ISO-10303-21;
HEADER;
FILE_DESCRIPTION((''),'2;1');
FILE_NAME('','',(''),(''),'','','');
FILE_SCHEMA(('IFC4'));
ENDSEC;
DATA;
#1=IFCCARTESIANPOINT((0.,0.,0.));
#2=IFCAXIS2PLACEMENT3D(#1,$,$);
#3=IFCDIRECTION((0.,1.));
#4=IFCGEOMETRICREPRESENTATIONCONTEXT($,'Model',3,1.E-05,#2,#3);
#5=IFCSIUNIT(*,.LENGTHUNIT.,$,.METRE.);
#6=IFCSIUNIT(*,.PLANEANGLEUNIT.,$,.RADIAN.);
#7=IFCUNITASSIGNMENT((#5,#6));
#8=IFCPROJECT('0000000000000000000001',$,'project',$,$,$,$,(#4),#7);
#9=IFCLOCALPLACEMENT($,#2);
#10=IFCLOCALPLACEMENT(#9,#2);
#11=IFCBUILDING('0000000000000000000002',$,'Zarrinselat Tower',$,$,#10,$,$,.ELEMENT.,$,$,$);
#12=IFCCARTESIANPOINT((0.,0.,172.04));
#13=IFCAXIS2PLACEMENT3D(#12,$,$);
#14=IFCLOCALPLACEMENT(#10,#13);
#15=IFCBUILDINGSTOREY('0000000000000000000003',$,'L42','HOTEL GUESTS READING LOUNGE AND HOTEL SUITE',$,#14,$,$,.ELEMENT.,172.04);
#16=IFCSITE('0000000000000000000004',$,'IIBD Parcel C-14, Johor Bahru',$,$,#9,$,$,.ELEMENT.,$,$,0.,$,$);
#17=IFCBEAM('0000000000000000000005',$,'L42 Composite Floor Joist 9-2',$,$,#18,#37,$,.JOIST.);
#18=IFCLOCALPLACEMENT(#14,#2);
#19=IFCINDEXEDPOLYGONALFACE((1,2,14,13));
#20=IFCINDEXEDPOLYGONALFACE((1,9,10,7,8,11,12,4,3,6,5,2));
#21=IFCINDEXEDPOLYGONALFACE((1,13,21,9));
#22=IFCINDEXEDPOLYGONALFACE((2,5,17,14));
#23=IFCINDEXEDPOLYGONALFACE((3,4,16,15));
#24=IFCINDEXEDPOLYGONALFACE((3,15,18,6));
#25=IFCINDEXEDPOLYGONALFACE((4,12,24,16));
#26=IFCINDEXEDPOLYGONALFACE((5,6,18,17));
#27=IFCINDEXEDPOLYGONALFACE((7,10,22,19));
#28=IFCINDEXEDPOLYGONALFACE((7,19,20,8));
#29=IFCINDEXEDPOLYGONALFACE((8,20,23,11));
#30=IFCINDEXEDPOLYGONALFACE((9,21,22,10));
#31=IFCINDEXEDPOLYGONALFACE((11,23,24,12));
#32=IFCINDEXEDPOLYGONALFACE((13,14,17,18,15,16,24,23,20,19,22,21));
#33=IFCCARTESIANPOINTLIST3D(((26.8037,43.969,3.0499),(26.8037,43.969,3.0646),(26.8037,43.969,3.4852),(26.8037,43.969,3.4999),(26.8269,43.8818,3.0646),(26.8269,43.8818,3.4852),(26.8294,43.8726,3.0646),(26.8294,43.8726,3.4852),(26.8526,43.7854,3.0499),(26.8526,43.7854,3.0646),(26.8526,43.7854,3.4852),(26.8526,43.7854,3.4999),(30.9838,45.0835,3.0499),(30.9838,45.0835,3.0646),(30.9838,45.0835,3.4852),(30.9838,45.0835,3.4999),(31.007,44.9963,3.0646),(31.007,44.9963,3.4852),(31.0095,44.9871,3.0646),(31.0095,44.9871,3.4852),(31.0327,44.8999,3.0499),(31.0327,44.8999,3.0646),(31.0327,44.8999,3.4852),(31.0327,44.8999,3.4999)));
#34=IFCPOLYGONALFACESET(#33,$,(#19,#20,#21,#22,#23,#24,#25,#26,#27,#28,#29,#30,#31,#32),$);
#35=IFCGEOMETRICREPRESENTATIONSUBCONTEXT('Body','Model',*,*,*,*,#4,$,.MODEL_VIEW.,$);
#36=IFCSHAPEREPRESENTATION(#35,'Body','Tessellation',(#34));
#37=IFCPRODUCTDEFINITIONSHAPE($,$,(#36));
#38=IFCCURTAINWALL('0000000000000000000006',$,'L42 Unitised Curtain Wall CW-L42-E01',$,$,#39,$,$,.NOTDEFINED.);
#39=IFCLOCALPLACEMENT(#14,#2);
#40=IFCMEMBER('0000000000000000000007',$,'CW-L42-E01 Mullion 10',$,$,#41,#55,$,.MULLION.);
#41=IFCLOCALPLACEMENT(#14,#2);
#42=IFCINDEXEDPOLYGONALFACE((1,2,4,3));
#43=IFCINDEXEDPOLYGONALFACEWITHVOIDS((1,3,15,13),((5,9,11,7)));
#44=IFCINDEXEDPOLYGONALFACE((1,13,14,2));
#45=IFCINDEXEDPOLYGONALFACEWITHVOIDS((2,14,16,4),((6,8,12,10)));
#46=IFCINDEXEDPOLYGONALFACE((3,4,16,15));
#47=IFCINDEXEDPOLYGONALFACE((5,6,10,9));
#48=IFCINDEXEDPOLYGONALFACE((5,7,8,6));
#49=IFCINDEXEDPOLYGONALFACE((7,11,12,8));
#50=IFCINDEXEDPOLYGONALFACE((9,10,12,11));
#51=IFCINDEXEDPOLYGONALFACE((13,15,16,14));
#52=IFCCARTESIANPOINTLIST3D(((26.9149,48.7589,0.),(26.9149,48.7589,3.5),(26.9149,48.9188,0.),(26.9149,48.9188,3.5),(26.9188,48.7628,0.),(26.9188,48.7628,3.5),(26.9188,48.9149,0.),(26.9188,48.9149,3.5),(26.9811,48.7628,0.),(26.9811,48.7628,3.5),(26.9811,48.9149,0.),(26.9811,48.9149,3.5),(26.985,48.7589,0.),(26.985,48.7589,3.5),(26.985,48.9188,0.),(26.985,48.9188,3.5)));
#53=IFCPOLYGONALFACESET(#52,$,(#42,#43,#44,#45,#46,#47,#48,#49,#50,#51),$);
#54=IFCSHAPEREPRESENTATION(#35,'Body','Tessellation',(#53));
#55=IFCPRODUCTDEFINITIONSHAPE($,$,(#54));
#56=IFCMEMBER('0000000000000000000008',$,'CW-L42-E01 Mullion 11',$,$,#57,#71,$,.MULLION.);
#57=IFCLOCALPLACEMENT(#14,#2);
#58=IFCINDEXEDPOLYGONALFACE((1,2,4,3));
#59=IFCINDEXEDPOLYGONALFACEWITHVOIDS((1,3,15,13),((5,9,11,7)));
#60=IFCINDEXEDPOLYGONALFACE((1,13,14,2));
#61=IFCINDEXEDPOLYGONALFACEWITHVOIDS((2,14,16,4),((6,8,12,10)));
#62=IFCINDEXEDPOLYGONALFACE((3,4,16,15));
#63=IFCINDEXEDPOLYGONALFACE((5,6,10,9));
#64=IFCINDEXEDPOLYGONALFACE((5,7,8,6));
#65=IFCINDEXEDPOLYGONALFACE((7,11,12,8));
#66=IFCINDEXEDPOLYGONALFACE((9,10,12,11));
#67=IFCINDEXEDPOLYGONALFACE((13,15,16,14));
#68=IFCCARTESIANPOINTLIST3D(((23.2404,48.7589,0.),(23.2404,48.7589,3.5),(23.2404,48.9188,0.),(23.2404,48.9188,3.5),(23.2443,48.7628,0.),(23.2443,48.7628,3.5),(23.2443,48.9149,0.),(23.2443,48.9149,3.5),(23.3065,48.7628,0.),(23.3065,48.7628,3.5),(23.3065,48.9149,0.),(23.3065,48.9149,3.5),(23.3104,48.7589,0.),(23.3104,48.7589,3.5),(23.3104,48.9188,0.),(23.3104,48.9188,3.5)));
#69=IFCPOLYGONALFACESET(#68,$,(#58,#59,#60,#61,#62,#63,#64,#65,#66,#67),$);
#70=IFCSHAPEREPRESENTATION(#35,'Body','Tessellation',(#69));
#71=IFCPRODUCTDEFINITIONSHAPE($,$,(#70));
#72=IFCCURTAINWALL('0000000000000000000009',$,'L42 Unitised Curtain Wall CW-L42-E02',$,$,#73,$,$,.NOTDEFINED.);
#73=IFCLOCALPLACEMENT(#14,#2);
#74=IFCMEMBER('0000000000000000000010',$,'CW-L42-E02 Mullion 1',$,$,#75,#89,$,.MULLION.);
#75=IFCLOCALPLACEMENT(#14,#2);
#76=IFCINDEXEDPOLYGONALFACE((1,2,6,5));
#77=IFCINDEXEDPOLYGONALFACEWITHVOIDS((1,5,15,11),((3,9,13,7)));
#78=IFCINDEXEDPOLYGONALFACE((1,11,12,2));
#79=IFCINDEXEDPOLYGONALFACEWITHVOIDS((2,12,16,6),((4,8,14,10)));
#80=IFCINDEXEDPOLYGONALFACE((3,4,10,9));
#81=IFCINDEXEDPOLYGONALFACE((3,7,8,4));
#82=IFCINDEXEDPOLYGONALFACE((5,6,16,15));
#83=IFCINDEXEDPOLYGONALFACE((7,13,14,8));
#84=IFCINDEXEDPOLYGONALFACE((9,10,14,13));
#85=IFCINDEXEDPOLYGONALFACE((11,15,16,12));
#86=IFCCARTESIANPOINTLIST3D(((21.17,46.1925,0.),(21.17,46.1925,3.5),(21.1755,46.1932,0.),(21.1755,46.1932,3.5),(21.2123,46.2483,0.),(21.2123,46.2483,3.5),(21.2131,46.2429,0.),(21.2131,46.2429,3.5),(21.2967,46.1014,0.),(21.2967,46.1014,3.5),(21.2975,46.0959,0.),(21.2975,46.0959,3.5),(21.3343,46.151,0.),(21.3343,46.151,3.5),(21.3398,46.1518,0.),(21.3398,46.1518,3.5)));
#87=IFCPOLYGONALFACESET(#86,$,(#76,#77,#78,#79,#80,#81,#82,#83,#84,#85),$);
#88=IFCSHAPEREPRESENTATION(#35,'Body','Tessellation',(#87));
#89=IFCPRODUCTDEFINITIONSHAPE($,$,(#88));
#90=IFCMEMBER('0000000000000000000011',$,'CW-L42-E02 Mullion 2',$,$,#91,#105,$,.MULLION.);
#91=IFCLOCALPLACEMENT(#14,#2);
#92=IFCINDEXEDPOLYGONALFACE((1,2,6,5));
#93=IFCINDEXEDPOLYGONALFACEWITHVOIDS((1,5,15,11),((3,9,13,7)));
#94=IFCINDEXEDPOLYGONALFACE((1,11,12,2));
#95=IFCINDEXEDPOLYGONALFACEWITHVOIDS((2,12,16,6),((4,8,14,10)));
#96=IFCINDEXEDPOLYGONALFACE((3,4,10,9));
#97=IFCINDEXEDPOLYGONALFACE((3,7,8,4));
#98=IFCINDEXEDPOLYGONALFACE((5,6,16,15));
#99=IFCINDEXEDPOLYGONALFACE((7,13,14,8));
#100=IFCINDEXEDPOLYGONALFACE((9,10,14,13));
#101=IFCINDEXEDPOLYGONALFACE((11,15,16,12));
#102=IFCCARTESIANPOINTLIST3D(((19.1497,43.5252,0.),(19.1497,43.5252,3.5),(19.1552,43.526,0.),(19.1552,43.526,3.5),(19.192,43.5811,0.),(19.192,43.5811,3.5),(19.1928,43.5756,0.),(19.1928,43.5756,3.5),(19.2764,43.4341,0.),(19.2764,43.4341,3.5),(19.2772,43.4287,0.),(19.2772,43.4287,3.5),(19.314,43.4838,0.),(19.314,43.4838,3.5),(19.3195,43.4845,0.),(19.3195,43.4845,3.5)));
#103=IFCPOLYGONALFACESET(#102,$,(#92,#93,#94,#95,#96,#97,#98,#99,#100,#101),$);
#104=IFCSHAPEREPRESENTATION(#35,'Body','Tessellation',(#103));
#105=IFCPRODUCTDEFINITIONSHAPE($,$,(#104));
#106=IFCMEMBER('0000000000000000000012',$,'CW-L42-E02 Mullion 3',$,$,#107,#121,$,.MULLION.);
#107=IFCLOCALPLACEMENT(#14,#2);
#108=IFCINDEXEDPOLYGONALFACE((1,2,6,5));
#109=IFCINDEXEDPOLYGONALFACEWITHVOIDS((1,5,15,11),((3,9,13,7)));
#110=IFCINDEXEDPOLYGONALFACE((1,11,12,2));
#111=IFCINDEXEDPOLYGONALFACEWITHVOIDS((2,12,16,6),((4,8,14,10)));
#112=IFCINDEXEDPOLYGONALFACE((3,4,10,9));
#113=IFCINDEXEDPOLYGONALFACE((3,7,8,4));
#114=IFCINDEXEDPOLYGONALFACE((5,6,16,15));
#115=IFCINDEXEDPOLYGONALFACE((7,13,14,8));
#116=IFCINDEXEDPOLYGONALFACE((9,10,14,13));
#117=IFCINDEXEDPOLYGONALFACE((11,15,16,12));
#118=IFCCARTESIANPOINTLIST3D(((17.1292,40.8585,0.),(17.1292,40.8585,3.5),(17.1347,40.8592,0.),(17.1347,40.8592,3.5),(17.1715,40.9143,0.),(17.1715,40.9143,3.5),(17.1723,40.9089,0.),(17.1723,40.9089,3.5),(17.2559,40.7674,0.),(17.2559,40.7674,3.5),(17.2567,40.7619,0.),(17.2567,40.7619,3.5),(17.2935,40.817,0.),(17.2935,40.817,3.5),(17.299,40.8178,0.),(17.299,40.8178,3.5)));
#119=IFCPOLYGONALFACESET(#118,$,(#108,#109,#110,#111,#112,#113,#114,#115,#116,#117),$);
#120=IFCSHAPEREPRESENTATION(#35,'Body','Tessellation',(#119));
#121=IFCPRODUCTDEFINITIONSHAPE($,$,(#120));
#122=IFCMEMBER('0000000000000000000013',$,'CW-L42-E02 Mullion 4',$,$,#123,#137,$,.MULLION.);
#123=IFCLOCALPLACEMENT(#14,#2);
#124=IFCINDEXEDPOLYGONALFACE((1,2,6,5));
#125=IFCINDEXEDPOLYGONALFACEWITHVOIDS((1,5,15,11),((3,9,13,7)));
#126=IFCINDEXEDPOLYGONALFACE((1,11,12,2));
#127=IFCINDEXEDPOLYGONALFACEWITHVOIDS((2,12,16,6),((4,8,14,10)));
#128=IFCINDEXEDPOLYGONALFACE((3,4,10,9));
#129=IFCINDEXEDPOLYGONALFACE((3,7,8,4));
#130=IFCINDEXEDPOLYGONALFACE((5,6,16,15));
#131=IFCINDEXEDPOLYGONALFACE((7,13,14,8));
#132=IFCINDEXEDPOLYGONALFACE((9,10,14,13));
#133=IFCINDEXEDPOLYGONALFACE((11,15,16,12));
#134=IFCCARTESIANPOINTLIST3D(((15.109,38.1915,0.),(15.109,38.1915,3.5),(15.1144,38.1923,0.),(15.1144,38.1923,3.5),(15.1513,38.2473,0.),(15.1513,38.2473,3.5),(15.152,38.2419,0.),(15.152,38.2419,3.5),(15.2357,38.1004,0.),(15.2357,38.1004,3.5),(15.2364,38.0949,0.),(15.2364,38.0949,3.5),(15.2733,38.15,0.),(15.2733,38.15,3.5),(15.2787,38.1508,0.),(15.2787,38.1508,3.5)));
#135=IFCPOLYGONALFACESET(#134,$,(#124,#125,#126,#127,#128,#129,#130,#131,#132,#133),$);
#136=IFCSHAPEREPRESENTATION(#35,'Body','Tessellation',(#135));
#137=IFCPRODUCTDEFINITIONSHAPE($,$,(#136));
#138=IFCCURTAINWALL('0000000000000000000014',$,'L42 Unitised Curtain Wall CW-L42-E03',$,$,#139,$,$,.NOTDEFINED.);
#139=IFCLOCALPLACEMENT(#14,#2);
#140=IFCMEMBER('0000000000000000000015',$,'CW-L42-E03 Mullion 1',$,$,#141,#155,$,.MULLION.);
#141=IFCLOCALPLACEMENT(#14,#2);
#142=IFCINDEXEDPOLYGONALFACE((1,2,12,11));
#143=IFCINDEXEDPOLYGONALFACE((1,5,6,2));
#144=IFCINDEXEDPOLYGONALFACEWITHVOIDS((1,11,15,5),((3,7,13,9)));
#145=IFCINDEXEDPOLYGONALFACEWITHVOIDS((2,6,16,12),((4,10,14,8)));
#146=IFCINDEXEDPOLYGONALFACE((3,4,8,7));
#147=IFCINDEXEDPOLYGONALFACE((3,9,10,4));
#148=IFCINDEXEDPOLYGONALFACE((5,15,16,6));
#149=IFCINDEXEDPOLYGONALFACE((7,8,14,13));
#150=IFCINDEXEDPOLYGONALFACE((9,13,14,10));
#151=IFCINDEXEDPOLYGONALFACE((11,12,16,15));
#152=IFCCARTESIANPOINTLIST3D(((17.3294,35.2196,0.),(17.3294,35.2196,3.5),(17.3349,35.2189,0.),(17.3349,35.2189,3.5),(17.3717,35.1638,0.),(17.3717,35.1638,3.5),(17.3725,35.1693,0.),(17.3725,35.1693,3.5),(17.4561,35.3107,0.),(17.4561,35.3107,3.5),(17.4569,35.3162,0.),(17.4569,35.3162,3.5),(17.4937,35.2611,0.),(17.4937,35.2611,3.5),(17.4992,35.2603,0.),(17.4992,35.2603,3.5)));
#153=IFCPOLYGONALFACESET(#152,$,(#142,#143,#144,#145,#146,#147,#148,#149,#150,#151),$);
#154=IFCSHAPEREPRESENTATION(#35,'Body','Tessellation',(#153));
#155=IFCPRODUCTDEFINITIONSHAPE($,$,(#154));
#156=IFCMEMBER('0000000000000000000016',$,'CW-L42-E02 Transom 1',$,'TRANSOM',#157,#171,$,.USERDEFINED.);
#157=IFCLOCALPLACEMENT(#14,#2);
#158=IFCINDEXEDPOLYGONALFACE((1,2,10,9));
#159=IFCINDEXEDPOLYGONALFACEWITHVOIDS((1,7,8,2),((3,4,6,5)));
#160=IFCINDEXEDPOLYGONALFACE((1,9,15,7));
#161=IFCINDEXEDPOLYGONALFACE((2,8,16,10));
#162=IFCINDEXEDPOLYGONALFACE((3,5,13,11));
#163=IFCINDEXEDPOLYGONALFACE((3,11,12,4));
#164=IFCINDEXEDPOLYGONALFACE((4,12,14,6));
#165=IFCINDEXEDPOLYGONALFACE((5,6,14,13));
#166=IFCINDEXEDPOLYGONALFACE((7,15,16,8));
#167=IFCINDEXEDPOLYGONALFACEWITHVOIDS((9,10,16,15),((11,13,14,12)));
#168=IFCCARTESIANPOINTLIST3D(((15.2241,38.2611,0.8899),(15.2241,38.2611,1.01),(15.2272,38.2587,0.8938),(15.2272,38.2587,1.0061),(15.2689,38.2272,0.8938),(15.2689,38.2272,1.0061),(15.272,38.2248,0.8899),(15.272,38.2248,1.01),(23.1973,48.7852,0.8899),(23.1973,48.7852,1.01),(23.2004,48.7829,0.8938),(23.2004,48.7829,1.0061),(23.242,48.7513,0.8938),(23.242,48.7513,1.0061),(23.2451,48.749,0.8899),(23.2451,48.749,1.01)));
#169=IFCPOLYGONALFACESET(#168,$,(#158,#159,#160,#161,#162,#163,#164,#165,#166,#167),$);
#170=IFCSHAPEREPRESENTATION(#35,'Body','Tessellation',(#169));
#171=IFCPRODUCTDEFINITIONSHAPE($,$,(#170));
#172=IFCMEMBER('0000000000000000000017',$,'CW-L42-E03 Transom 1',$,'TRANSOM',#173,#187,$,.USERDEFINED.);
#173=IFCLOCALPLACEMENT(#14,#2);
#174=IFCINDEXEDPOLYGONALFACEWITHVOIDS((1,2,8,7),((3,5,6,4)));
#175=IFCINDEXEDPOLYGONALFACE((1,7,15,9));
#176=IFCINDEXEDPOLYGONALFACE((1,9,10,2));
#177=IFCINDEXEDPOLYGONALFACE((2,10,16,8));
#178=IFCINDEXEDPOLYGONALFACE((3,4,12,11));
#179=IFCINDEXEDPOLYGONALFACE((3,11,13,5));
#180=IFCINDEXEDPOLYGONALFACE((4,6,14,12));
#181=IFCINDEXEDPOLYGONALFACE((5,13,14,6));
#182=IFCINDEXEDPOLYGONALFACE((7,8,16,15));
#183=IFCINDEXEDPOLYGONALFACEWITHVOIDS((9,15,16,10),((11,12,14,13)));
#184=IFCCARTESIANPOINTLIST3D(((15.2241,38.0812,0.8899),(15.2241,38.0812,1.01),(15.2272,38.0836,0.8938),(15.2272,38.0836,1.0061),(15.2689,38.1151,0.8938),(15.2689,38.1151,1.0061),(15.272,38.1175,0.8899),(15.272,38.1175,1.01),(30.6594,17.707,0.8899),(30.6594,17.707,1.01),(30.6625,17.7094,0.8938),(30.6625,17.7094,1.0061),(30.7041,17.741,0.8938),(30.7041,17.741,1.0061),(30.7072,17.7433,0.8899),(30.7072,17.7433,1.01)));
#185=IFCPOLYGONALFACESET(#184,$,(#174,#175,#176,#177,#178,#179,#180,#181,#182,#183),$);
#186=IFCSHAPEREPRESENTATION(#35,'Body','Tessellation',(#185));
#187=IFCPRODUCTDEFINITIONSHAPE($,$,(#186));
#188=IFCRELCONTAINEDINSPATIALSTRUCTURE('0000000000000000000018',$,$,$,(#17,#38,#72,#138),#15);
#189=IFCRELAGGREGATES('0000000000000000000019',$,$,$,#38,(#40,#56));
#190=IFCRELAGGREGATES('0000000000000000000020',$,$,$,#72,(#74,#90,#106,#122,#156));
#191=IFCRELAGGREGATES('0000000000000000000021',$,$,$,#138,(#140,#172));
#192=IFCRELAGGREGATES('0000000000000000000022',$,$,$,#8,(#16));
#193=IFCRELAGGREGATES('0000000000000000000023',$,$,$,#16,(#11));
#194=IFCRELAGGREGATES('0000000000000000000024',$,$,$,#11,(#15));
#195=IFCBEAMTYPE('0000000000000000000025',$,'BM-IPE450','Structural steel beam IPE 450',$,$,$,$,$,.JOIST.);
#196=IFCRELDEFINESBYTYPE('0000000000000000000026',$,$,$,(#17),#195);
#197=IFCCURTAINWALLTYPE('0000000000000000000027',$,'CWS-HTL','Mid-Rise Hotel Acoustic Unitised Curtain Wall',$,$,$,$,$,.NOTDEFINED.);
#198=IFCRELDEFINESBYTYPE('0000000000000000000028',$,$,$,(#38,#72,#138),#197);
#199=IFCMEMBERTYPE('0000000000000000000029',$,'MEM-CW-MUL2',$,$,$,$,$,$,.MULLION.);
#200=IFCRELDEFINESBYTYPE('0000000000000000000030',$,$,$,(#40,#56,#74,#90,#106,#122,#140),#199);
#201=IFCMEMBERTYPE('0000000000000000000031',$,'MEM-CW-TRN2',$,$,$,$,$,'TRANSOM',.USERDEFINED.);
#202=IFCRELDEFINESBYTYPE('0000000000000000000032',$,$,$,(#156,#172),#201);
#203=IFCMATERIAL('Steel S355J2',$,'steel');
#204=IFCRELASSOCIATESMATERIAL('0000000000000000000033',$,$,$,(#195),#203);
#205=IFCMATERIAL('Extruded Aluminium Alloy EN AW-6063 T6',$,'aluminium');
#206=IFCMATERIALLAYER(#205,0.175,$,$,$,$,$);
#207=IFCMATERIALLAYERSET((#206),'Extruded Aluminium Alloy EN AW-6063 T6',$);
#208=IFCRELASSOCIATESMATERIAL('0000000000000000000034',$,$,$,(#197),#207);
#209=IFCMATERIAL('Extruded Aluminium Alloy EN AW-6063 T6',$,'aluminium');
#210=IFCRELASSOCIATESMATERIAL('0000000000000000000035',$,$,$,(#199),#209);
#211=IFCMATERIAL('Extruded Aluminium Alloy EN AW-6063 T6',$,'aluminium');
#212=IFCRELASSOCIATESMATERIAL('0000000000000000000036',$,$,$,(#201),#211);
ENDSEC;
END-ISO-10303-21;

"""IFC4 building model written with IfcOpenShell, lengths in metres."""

from ifc_helpers import new_model, si_unit, direction, frame, origin, origin_2d, place, context, subcontext, project, spatial, hollow_rectangle, i_section, extrude, material, layer, layer_set, material_profile, profile_set, type_object, element, aggregate, save


model = new_model("IFC4")

# Units and contexts
model_context = context("Model", 3, precision=1e-05, world=origin(), true_north=direction((0.0, 1.0)))
body_context = subcontext(model_context, "Body", "Model", "MODEL_VIEW")
ifc_project = project(units=[si_unit("LENGTHUNIT", "METRE"), si_unit("PLANEANGLEUNIT", "RADIAN")], contexts=[model_context])

# Site, building, storey
site_placement = place(None, origin())
site = spatial("IfcSite", under=ifc_project, at=site_placement, Name="IIBD Parcel C-14, Johor Bahru", CompositionType="ELEMENT", RefElevation=0.0)
building_placement = place(site_placement, origin())
building = spatial("IfcBuilding", under=site, at=building_placement, Name="Zarrinselat Tower", CompositionType="ELEMENT")
storey_placement = place(building_placement, frame((0.0, 0.0, 172.04)))
storey = spatial("IfcBuildingStorey", under=building, at=storey_placement, Name="L42", Description="HOTEL GUESTS READING LOUNGE AND HOTEL SUITE", CompositionType="ELEMENT", Elevation=172.04)

# Beam
ifc_material_1 = material(Name="Steel S355J2", Category="steel")
ifc_material_profile_1 = material_profile(ifc_material_1, i_section(OverallWidth=0.1899, OverallDepth=0.45, WebThickness=0.0095, FlangeThickness=0.0146, at=origin_2d()), Name="IPE 450")
ifc_profile_set_1 = profile_set([ifc_material_profile_1], Name="Steel S355J2")
beam_type_1 = type_object("IfcBeamType", Name="BM-IPE450", Description="Structural steel beam IPE 450", PredefinedType="JOIST", material=ifc_profile_set_1)
beam_1_placement = place(storey_placement, frame((26.8281, 43.8772, 3.2749), z_axis=(0.966247, 0.257617, 0.0), x_axis=(-0.257617, 0.966247, 0.0)))
element("IfcBeam", 1, at=beam_1_placement, inside=storey, type_object=beam_type_1, Name="L42 Composite Floor Joist 9-2", PredefinedType="JOIST", context=body_context, shape_type="SweptSolid", body=[
    extrude(i_section(OverallWidth=0.1899, OverallDepth=0.45, WebThickness=0.0095, FlangeThickness=0.0146, at=origin_2d()), origin(), (0.0, 0.0, 1.0), 4.3262),
])

# Curtain walls, members
ifc_material_2 = material(Name="Extruded Aluminium Alloy EN AW-6063 T6", Category="aluminium")
ifc_layer_1 = layer(ifc_material_2, 0.175)
ifc_layer_set_1 = layer_set([ifc_layer_1], Name="Extruded Aluminium Alloy EN AW-6063 T6")
curtain_wall_type = type_object("IfcCurtainWallType", Name="CWS-HTL", Description="Mid-Rise Hotel Acoustic Unitised Curtain Wall", PredefinedType="NOTDEFINED", material=ifc_layer_set_1)
curtain_wall_1_placement = place(storey_placement, origin())
curtain_wall_1 = element("IfcCurtainWall", 2, at=curtain_wall_1_placement, inside=storey, type_object=curtain_wall_type, Name="L42 Unitised Curtain Wall CW-L42-E01", PredefinedType="NOTDEFINED")
ifc_material_3 = material(Name="Extruded Aluminium Alloy EN AW-6063 T6", Category="aluminium")
ifc_material_profile_2 = material_profile(ifc_material_3, hollow_rectangle(XDim=0.0701, YDim=0.1599, WallThickness=0.0039, at=origin_2d()), Name="RHS 160x70x4")
ifc_profile_set_2 = profile_set([ifc_material_profile_2], Name="Extruded Aluminium Alloy EN AW-6063 T6")
member_type_1 = type_object("IfcMemberType", Name="MEM-CW-MUL2", PredefinedType="MULLION", material=ifc_profile_set_2)
member_1_placement = place(storey_placement, frame((26.95, 48.8389, 0.0), z_axis=(0.0, 0.0, 1.0), x_axis=(-1.0, 0.0, 0.0)))
member_1 = element("IfcMember", 3, at=member_1_placement, type_object=member_type_1, Name="CW-L42-E01 Mullion 10", PredefinedType="MULLION", context=body_context, shape_type="SweptSolid", body=[
    extrude(hollow_rectangle(XDim=0.0701, YDim=0.1599, WallThickness=0.0039, at=origin_2d()), origin(), (0.0, 0.0, 1.0), 3.5),
])
member_2_placement = place(storey_placement, frame((23.2754, 48.8389, 0.0), z_axis=(0.0, 0.0, 1.0), x_axis=(-1.0, 0.0, 0.0)))
member_2 = element("IfcMember", 4, at=member_2_placement, type_object=member_type_1, Name="CW-L42-E01 Mullion 11", PredefinedType="MULLION", context=body_context, shape_type="SweptSolid", body=[
    extrude(hollow_rectangle(XDim=0.0701, YDim=0.1599, WallThickness=0.0039, at=origin_2d()), origin(), (0.0, 0.0, 1.0), 3.5),
])
curtain_wall_2_placement = place(storey_placement, origin())
curtain_wall_2 = element("IfcCurtainWall", 5, at=curtain_wall_2_placement, inside=storey, type_object=curtain_wall_type, Name="L42 Unitised Curtain Wall CW-L42-E02", PredefinedType="NOTDEFINED")
member_3_placement = place(storey_placement, frame((21.2549, 46.1721, 0.0), z_axis=(0.0, 0.0, 1.0), x_axis=(-0.603855, -0.797095, 0.0)))
member_3 = element("IfcMember", 6, at=member_3_placement, type_object=member_type_1, Name="CW-L42-E02 Mullion 1", PredefinedType="MULLION", context=body_context, shape_type="SweptSolid", body=[
    extrude(hollow_rectangle(XDim=0.0701, YDim=0.1599, WallThickness=0.0039, at=origin_2d()), origin(), (0.0, 0.0, 1.0), 3.5),
])
member_4_placement = place(storey_placement, frame((19.2346, 43.5049, 0.0), z_axis=(0.0, 0.0, 1.0), x_axis=(-0.603855, -0.797095, 0.0)))
member_4 = element("IfcMember", 7, at=member_4_placement, type_object=member_type_1, Name="CW-L42-E02 Mullion 2", PredefinedType="MULLION", context=body_context, shape_type="SweptSolid", body=[
    extrude(hollow_rectangle(XDim=0.0701, YDim=0.1599, WallThickness=0.0039, at=origin_2d()), origin(), (0.0, 0.0, 1.0), 3.5),
])
member_5_placement = place(storey_placement, frame((17.2141, 40.8381, 0.0), z_axis=(0.0, 0.0, 1.0), x_axis=(-0.603855, -0.797095, 0.0)))
member_5 = element("IfcMember", 8, at=member_5_placement, type_object=member_type_1, Name="CW-L42-E02 Mullion 3", PredefinedType="MULLION", context=body_context, shape_type="SweptSolid", body=[
    extrude(hollow_rectangle(XDim=0.0701, YDim=0.1599, WallThickness=0.0039, at=origin_2d()), origin(), (0.0, 0.0, 1.0), 3.5),
])
member_6_placement = place(storey_placement, frame((15.1938, 38.1711, 0.0), z_axis=(0.0, 0.0, 1.0), x_axis=(-0.603855, -0.797095, 0.0)))
member_6 = element("IfcMember", 9, at=member_6_placement, type_object=member_type_1, Name="CW-L42-E02 Mullion 4", PredefinedType="MULLION", context=body_context, shape_type="SweptSolid", body=[
    extrude(hollow_rectangle(XDim=0.0701, YDim=0.1599, WallThickness=0.0039, at=origin_2d()), origin(), (0.0, 0.0, 1.0), 3.5),
])

# Curtain wall, member
curtain_wall_3_placement = place(storey_placement, origin())
curtain_wall_3 = element("IfcCurtainWall", 10, at=curtain_wall_3_placement, inside=storey, type_object=curtain_wall_type, Name="L42 Unitised Curtain Wall CW-L42-E03", PredefinedType="NOTDEFINED")
member_7_placement = place(storey_placement, frame((17.4143, 35.24, 0.0), z_axis=(0.0, 0.0, 1.0), x_axis=(0.603858, -0.797092, 0.0)))
member_7 = element("IfcMember", 11, at=member_7_placement, type_object=member_type_1, Name="CW-L42-E03 Mullion 1", PredefinedType="MULLION", context=body_context, shape_type="SweptSolid", body=[
    extrude(hollow_rectangle(XDim=0.0701, YDim=0.1599, WallThickness=0.0039, at=origin_2d()), origin(), (0.0, 0.0, 1.0), 3.5),
])

# Members
ifc_material_4 = material(Name="Extruded Aluminium Alloy EN AW-6063 T6", Category="aluminium")
ifc_material_profile_3 = material_profile(ifc_material_4, hollow_rectangle(XDim=0.0601, YDim=0.1201, WallThickness=0.0039, at=origin_2d()), Name="RHS 120x60x4")
ifc_profile_set_3 = profile_set([ifc_material_profile_3], Name="Extruded Aluminium Alloy EN AW-6063 T6")
member_type_2 = type_object("IfcMemberType", Name="MEM-CW-TRN2", ElementType="TRANSOM", PredefinedType="USERDEFINED", material=ifc_profile_set_3)
member_8_placement = place(storey_placement, frame((23.2212, 48.7671, 0.95), z_axis=(-0.603872, -0.797082, 0.0), x_axis=(0.797082, -0.603872, 0.0)))
member_8 = element("IfcMember", 12, at=member_8_placement, type_object=member_type_2, Name="CW-L42-E02 Transom 1", ObjectType="TRANSOM", PredefinedType="USERDEFINED", context=body_context, shape_type="SweptSolid", body=[
    extrude(hollow_rectangle(XDim=0.0601, YDim=0.1201, WallThickness=0.0039, at=origin_2d()), origin(), (0.0, 0.0, 1.0), 13.2034),
])
member_9_placement = place(storey_placement, frame((15.248, 38.0994, 0.95), z_axis=(0.603864, -0.797087, 0.0), x_axis=(0.797087, 0.603864, 0.0)))
member_9 = element("IfcMember", 13, at=member_9_placement, type_object=member_type_2, Name="CW-L42-E03 Transom 1", ObjectType="TRANSOM", PredefinedType="USERDEFINED", context=body_context, shape_type="SweptSolid", body=[
    extrude(hollow_rectangle(XDim=0.0601, YDim=0.1201, WallThickness=0.0039, at=origin_2d()), origin(), (0.0, 0.0, 1.0), 25.5608),
])

aggregate(curtain_wall_1, [member_1, member_2])
aggregate(curtain_wall_2, [member_3, member_4, member_5, member_6, member_8])
aggregate(curtain_wall_3, [member_7, member_9])

save(model, "model.ifc")
